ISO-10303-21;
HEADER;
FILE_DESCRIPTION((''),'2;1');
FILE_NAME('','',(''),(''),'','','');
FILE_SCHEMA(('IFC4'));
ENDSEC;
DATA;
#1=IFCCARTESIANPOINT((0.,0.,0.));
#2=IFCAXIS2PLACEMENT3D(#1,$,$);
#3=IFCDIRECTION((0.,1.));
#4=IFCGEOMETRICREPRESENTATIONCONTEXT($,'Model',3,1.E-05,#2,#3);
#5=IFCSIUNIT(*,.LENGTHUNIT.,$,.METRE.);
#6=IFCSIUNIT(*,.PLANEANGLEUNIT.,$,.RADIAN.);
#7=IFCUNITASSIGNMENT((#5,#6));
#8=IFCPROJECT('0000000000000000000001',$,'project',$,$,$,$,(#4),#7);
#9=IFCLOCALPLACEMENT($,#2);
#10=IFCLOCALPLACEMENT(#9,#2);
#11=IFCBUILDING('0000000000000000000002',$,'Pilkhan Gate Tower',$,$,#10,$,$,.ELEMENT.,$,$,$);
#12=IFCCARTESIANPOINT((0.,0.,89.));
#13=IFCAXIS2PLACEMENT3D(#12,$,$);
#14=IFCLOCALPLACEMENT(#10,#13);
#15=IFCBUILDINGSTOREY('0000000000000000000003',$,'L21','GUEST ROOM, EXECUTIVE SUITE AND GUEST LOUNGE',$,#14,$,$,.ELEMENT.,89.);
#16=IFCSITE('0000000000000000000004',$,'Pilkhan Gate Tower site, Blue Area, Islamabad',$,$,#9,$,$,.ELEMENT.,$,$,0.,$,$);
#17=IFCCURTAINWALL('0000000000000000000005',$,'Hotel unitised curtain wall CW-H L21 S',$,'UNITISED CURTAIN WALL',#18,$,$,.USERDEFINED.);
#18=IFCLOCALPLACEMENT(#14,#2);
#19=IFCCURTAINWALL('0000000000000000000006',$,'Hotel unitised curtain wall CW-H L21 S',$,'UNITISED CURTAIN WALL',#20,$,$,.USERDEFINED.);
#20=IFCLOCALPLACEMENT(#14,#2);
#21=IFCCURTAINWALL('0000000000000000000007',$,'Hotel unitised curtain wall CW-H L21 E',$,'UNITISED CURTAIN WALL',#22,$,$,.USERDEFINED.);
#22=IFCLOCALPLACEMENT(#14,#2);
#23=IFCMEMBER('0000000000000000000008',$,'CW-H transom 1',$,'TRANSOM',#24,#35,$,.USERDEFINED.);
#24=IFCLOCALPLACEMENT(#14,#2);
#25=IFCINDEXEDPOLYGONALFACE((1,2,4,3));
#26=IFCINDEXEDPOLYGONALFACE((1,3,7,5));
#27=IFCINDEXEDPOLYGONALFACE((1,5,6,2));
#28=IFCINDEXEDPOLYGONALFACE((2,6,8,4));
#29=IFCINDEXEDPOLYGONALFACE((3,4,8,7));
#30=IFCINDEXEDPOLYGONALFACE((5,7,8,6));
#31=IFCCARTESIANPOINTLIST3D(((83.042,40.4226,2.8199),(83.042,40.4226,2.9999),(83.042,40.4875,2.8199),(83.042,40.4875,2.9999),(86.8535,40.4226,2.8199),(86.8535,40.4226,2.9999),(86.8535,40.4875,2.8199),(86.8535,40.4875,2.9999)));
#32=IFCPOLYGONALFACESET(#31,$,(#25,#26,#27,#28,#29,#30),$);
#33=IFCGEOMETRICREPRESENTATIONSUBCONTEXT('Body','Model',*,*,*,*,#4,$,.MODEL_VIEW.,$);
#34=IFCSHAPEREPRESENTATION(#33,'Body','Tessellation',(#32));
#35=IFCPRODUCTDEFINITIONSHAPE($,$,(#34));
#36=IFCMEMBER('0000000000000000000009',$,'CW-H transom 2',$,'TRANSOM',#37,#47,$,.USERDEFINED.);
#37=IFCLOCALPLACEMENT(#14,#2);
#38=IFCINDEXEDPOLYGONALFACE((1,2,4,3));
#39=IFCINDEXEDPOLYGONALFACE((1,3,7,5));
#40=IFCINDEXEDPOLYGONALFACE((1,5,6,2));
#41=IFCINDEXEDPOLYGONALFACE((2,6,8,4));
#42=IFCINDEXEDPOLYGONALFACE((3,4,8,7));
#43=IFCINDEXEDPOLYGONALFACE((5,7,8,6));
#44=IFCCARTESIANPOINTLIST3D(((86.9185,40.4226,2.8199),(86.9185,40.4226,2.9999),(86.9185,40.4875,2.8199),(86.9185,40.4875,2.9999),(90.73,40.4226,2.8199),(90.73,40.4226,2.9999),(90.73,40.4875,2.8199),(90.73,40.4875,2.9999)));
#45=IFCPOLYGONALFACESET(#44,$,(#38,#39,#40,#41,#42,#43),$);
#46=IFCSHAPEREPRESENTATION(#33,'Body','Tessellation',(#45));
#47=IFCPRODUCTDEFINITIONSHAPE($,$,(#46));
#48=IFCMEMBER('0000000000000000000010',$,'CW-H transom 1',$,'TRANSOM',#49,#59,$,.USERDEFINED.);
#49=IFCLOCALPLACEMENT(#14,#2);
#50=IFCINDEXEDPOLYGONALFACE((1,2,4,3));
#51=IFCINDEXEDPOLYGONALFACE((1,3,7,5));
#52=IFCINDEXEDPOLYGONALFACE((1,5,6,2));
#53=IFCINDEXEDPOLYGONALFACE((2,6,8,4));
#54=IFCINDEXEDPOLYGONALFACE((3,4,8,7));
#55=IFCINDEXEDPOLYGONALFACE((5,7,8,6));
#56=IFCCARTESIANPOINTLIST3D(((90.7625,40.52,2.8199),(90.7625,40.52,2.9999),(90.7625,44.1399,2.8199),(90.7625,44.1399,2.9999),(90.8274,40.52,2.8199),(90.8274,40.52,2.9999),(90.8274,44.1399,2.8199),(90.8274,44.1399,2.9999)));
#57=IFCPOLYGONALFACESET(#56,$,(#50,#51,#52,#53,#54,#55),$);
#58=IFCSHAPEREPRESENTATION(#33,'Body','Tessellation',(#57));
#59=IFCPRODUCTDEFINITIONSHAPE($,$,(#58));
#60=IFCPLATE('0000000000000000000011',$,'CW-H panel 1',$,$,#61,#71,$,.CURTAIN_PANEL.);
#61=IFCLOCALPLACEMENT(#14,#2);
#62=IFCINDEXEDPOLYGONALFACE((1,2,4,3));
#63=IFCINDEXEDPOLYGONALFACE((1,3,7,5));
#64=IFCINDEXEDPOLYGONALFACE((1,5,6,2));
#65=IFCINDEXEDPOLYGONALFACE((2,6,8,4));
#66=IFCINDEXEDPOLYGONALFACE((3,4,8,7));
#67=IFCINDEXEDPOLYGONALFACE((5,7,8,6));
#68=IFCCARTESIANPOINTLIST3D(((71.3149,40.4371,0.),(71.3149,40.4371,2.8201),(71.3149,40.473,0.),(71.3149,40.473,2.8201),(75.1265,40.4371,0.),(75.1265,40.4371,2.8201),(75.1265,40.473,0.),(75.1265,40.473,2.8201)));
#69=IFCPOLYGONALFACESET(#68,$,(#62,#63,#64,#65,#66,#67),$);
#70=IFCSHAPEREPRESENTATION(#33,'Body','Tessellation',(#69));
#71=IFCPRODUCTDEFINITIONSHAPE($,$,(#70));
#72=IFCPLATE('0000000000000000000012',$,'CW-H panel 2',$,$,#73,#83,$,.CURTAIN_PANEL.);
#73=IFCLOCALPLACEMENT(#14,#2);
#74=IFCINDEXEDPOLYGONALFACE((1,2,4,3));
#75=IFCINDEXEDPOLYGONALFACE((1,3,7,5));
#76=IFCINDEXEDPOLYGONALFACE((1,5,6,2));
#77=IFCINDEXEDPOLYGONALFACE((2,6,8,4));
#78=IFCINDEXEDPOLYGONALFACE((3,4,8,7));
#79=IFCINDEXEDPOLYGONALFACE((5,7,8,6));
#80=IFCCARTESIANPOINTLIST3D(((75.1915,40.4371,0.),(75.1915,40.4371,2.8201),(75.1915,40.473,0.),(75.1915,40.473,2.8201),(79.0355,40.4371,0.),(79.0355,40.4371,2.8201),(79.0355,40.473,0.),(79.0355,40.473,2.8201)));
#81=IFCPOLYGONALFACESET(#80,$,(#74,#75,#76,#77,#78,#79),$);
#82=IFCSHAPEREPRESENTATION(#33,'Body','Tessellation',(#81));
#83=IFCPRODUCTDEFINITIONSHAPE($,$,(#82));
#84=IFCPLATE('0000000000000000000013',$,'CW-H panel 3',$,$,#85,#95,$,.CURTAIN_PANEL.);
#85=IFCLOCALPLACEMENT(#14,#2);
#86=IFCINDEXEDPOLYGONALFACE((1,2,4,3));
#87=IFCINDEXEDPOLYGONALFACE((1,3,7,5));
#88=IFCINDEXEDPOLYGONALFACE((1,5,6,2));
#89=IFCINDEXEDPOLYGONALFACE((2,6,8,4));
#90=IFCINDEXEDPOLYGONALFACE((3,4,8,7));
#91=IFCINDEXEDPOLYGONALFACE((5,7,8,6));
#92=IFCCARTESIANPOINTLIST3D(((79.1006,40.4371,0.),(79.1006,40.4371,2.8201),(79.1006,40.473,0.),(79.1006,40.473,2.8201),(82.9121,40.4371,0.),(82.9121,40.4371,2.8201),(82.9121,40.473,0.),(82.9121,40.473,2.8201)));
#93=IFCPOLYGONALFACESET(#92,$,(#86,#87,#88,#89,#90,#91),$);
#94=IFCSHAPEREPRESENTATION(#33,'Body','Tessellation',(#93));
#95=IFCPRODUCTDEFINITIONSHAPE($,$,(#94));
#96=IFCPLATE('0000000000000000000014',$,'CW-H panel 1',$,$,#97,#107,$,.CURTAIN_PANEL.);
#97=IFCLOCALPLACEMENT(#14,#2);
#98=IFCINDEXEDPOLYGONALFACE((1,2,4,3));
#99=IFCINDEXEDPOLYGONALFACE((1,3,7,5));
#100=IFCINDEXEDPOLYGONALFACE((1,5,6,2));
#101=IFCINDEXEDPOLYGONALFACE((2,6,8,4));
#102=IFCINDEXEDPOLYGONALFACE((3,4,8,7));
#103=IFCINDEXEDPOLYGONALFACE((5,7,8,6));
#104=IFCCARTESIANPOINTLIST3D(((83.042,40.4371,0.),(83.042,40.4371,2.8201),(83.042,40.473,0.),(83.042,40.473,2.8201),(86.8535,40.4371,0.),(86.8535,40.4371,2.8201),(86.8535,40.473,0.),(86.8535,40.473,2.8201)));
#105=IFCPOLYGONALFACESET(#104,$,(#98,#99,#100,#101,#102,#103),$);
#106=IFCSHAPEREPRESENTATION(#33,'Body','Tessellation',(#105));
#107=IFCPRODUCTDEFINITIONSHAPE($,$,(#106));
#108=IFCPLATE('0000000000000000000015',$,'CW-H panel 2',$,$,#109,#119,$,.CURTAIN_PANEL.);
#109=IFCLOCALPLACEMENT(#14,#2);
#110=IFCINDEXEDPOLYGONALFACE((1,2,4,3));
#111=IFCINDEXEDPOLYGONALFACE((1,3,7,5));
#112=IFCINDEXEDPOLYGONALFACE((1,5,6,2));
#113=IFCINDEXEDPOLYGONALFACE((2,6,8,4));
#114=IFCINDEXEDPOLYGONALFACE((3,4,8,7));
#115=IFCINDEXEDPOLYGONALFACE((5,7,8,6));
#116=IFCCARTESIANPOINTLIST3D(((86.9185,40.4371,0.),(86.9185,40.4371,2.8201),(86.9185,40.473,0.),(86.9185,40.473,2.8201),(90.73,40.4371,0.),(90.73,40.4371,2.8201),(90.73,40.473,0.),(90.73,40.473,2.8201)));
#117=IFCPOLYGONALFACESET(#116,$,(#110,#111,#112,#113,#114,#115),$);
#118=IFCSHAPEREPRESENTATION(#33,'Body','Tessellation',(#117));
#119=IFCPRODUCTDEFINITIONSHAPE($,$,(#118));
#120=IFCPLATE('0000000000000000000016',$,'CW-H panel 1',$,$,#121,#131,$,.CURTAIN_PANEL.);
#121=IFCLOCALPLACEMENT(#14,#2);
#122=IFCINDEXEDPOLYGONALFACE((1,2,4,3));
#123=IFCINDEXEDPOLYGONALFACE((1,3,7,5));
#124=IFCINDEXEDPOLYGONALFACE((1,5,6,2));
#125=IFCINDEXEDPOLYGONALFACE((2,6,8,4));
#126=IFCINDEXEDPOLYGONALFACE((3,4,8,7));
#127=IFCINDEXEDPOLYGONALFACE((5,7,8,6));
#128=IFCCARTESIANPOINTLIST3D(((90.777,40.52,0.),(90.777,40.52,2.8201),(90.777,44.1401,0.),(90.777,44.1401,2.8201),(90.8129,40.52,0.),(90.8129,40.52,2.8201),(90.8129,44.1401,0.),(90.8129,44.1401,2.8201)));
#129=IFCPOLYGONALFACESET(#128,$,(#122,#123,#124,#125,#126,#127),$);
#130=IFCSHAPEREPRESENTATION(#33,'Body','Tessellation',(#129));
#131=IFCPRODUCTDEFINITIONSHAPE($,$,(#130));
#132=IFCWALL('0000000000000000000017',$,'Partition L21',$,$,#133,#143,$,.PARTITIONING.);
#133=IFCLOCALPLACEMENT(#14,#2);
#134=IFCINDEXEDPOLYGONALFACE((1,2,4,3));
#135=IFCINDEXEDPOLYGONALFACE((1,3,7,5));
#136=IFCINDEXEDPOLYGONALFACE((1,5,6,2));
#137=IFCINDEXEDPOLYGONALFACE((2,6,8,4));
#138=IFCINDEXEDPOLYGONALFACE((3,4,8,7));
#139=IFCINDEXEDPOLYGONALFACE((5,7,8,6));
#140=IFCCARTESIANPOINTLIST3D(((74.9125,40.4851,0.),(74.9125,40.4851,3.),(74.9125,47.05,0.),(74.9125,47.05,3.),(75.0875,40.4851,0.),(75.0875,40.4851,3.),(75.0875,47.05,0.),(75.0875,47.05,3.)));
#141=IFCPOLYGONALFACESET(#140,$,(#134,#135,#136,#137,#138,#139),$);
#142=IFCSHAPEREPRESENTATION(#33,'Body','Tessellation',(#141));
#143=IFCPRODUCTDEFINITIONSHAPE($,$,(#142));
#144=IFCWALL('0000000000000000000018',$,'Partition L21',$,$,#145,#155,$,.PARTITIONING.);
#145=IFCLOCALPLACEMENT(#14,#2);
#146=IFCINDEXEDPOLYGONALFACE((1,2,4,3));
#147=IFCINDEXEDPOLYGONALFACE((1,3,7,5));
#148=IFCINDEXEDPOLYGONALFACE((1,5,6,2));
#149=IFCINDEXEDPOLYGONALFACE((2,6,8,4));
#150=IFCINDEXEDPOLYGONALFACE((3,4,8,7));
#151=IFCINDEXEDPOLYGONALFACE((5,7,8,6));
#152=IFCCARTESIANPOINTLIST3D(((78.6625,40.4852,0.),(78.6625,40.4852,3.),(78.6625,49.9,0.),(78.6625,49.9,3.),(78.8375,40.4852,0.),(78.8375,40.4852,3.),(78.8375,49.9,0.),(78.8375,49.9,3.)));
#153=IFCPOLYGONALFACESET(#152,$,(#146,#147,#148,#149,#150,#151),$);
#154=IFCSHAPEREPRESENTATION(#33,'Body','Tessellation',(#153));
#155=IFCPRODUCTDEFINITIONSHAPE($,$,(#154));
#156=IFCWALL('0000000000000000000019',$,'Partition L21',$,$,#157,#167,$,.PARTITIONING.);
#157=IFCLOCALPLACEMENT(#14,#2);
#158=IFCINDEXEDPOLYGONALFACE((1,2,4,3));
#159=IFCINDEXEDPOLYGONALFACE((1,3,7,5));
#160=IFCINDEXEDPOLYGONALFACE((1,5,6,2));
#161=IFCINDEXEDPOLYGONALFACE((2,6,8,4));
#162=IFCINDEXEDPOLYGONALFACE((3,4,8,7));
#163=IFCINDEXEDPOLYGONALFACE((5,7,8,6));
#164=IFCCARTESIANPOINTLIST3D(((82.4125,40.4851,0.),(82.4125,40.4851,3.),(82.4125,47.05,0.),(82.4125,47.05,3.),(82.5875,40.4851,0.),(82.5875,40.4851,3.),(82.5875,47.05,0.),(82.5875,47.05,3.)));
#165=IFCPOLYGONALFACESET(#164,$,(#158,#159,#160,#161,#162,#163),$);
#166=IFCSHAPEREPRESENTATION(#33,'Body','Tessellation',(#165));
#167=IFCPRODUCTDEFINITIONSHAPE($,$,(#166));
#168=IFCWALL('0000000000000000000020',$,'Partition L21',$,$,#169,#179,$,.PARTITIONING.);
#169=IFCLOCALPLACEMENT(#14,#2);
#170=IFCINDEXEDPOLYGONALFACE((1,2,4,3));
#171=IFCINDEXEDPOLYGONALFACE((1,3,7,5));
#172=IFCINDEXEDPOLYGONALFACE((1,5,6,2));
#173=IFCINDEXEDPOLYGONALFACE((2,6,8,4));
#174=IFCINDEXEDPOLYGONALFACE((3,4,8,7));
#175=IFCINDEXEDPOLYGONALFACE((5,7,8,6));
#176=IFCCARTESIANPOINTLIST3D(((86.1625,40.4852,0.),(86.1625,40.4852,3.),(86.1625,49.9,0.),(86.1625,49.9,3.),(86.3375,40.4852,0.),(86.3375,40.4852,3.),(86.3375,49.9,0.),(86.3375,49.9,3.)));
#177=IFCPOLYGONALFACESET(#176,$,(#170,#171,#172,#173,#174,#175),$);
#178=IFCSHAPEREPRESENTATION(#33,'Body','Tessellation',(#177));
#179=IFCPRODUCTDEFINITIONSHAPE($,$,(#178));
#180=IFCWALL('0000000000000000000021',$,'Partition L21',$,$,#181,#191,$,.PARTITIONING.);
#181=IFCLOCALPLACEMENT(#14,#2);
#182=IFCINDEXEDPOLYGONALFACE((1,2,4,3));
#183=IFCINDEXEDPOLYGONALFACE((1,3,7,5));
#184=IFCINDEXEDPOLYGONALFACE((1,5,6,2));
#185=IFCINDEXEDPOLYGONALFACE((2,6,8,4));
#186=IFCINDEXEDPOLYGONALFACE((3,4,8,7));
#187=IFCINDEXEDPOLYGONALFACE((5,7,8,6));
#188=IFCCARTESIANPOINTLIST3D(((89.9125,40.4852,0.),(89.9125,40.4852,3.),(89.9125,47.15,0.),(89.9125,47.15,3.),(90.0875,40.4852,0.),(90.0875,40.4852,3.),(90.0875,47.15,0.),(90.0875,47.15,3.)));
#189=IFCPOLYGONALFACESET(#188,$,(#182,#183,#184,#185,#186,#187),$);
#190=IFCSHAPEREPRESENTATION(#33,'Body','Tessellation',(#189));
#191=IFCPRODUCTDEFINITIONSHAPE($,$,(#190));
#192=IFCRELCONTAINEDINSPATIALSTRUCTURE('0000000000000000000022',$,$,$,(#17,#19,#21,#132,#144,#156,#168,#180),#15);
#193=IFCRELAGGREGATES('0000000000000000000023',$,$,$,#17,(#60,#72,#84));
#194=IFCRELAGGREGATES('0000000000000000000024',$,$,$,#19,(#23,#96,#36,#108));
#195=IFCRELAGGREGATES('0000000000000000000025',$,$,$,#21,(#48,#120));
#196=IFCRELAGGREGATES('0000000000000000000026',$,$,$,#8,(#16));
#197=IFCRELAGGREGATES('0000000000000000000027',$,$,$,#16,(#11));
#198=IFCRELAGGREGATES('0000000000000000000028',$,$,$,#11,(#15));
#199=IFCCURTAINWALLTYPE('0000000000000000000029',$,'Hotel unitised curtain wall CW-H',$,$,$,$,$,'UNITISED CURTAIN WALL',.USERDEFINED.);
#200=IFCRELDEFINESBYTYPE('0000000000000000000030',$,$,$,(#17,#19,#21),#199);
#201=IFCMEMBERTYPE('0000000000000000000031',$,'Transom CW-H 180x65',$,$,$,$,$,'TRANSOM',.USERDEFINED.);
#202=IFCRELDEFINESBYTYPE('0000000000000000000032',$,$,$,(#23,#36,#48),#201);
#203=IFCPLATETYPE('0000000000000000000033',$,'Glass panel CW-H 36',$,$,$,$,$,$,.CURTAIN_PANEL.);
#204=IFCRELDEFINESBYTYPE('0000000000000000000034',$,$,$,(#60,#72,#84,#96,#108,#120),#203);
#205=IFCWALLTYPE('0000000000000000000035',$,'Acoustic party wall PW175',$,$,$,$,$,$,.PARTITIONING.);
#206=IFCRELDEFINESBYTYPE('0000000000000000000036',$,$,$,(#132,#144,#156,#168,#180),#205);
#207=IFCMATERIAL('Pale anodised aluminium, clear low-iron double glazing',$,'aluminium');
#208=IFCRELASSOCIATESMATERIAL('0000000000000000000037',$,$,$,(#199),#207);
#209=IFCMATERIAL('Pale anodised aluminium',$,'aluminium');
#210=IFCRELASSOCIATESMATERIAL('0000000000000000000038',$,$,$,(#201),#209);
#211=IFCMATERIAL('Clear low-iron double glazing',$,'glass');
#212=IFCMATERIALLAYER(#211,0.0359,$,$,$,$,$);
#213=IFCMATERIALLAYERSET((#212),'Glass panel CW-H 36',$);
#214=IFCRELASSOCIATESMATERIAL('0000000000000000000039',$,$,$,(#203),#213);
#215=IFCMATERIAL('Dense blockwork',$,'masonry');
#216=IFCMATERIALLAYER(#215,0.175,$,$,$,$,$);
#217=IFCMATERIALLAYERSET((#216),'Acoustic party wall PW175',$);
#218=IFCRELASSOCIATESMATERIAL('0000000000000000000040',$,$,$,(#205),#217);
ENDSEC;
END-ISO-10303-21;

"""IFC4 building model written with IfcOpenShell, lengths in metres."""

from ifc_helpers import new_model, si_unit, direction, frame, frame_2d, origin, origin_2d, place, context, subcontext, project, spatial, rectangle, extrude, material, layer, layer_set, material_profile, profile_set, type_object, element, aggregate, save


model = new_model("IFC4")

# Units and contexts
model_context = context("Model", 3, precision=1e-05, world=origin(), true_north=direction((0.0, 1.0)))
body_context = subcontext(model_context, "Body", "Model", "MODEL_VIEW")
ifc_project = project(units=[si_unit("LENGTHUNIT", "METRE"), si_unit("PLANEANGLEUNIT", "RADIAN")], contexts=[model_context])

# Site, building, storey
site_placement = place(None, origin())
site = spatial("IfcSite", under=ifc_project, at=site_placement, Name="Pilkhan Gate Tower site, Blue Area, Islamabad", CompositionType="ELEMENT", RefElevation=0.0)
building_placement = place(site_placement, origin())
building = spatial("IfcBuilding", under=site, at=building_placement, Name="Pilkhan Gate Tower", CompositionType="ELEMENT")
storey_placement = place(building_placement, frame((0.0, 0.0, 89.0)))
storey = spatial("IfcBuildingStorey", under=building, at=storey_placement, Name="L21", Description="GUEST ROOM, EXECUTIVE SUITE AND GUEST LOUNGE", CompositionType="ELEMENT", Elevation=89.0)

# Curtain walls
ifc_material_1 = material(Name="Pale anodised aluminium, clear low-iron double glazing", Category="aluminium")
curtain_wall_type = type_object("IfcCurtainWallType", Name="Hotel unitised curtain wall CW-H", ElementType="UNITISED CURTAIN WALL", PredefinedType="USERDEFINED", material=ifc_material_1)
curtain_wall_1_placement = place(storey_placement, origin())
curtain_wall_1 = element("IfcCurtainWall", 1, at=curtain_wall_1_placement, inside=storey, type_object=curtain_wall_type, Name="Hotel unitised curtain wall CW-H L21 S", ObjectType="UNITISED CURTAIN WALL", PredefinedType="USERDEFINED")
ifc_material_2 = material(Name="Pale anodised aluminium", Category="aluminium")
curtain_wall_2_placement = place(storey_placement, origin())
curtain_wall_2 = element("IfcCurtainWall", 2, at=curtain_wall_2_placement, inside=storey, type_object=curtain_wall_type, Name="Hotel unitised curtain wall CW-H L21 S", ObjectType="UNITISED CURTAIN WALL", PredefinedType="USERDEFINED")

# Curtain wall
curtain_wall_3_placement = place(storey_placement, origin())
curtain_wall_3 = element("IfcCurtainWall", 3, at=curtain_wall_3_placement, inside=storey, type_object=curtain_wall_type, Name="Hotel unitised curtain wall CW-H L21 E", ObjectType="UNITISED CURTAIN WALL", PredefinedType="USERDEFINED")

# Members
ifc_material_profile_1 = material_profile(ifc_material_2, rectangle(XDim=0.0649, YDim=0.1799, at=origin_2d()), Name="Transom 180x65")
ifc_profile_set_1 = profile_set([ifc_material_profile_1], Name="Pale anodised aluminium")
member_type_1 = type_object("IfcMemberType", Name="Transom CW-H 180x65", ElementType="TRANSOM", PredefinedType="USERDEFINED", material=ifc_profile_set_1)
member_1_placement = place(storey_placement, frame((83.042, 40.4551, 2.9099), z_axis=(1.0, 0.0, 0.0), x_axis=(0.0, 1.0, 0.0)))
member_1 = element("IfcMember", 4, at=member_1_placement, type_object=member_type_1, Name="CW-H transom 1", ObjectType="TRANSOM", PredefinedType="USERDEFINED", context=body_context, shape_type="SweptSolid", body=[
    extrude(rectangle(XDim=0.0649, YDim=0.1799, at=origin_2d()), origin(), (0.0, 0.0, 1.0), 3.8115),
])
member_2_placement = place(storey_placement, frame((86.9185, 40.4551, 2.9099), z_axis=(1.0, 0.0, 0.0), x_axis=(0.0, 1.0, 0.0)))
member_2 = element("IfcMember", 5, at=member_2_placement, type_object=member_type_1, Name="CW-H transom 2", ObjectType="TRANSOM", PredefinedType="USERDEFINED", context=body_context, shape_type="SweptSolid", body=[
    extrude(rectangle(XDim=0.0649, YDim=0.1799, at=origin_2d()), origin(), (0.0, 0.0, 1.0), 3.8115),
])
member_3_placement = place(storey_placement, frame((90.7949, 40.52, 2.9099), z_axis=(0.0, 1.0, 0.0), x_axis=(-1.0, 0.0, 0.0)))
member_3 = element("IfcMember", 6, at=member_3_placement, type_object=member_type_1, Name="CW-H transom 1", ObjectType="TRANSOM", PredefinedType="USERDEFINED", context=body_context, shape_type="SweptSolid", body=[
    extrude(rectangle(XDim=0.0649, YDim=0.1799, at=origin_2d()), origin(), (0.0, 0.0, 1.0), 3.6199),
])

# Plates
ifc_material_3 = material(Name="Clear low-iron double glazing", Category="glass")
ifc_layer_1 = layer(ifc_material_3, 0.0359)
ifc_layer_set_1 = layer_set([ifc_layer_1], Name="Glass panel CW-H 36")
plate_type = type_object("IfcPlateType", Name="Glass panel CW-H 36", PredefinedType="CURTAIN_PANEL", material=ifc_layer_set_1)
plate_1_placement = place(storey_placement, frame((73.2207, 40.4551, 0.0), z_axis=(0.0, 0.0, 1.0), x_axis=(1.0, 0.0, 0.0)))
plate_1 = element("IfcPlate", 7, at=plate_1_placement, type_object=plate_type, Name="CW-H panel 1", PredefinedType="CURTAIN_PANEL", context=body_context, shape_type="SweptSolid", body=[
    extrude(rectangle(XDim=3.8115, YDim=0.0359, at=origin_2d()), origin(), (0.0, 0.0, 1.0), 2.8201),
])
plate_2_placement = place(storey_placement, frame((77.1135, 40.4551, 0.0), z_axis=(0.0, 0.0, 1.0), x_axis=(1.0, 0.0, 0.0)))
plate_2 = element("IfcPlate", 8, at=plate_2_placement, type_object=plate_type, Name="CW-H panel 2", PredefinedType="CURTAIN_PANEL", context=body_context, shape_type="SweptSolid", body=[
    extrude(rectangle(XDim=3.844, YDim=0.0359, at=origin_2d()), origin(), (0.0, 0.0, 1.0), 2.8201),
])
plate_3_placement = place(storey_placement, frame((81.0063, 40.4551, 0.0), z_axis=(0.0, 0.0, 1.0), x_axis=(1.0, 0.0, 0.0)))
plate_3 = element("IfcPlate", 9, at=plate_3_placement, type_object=plate_type, Name="CW-H panel 3", PredefinedType="CURTAIN_PANEL", context=body_context, shape_type="SweptSolid", body=[
    extrude(rectangle(XDim=3.8115, YDim=0.0359, at=origin_2d()), origin(), (0.0, 0.0, 1.0), 2.8201),
])
aggregate(curtain_wall_1, [plate_1, plate_2, plate_3])
plate_4_placement = place(storey_placement, frame((84.9478, 40.4551, 0.0), z_axis=(0.0, 0.0, 1.0), x_axis=(1.0, 0.0, 0.0)))
plate_4 = element("IfcPlate", 10, at=plate_4_placement, type_object=plate_type, Name="CW-H panel 1", PredefinedType="CURTAIN_PANEL", context=body_context, shape_type="SweptSolid", body=[
    extrude(rectangle(XDim=3.8115, YDim=0.0359, at=origin_2d()), origin(), (0.0, 0.0, 1.0), 2.8201),
])
plate_5_placement = place(storey_placement, frame((88.8242, 40.4551, 0.0), z_axis=(0.0, 0.0, 1.0), x_axis=(1.0, 0.0, 0.0)))
plate_5 = element("IfcPlate", 11, at=plate_5_placement, type_object=plate_type, Name="CW-H panel 2", PredefinedType="CURTAIN_PANEL", context=body_context, shape_type="SweptSolid", body=[
    extrude(rectangle(XDim=3.8115, YDim=0.0359, at=origin_2d()), origin(), (0.0, 0.0, 1.0), 2.8201),
])
aggregate(curtain_wall_2, [member_1, plate_4, member_2, plate_5])
plate_6_placement = place(storey_placement, frame((90.7949, 42.3301, 0.0), z_axis=(0.0, 0.0, 1.0), x_axis=(0.0, 1.0, 0.0)))
plate_6 = element("IfcPlate", 12, at=plate_6_placement, type_object=plate_type, Name="CW-H panel 1", PredefinedType="CURTAIN_PANEL", context=body_context, shape_type="SweptSolid", body=[
    extrude(rectangle(XDim=3.6201, YDim=0.0359, at=origin_2d()), origin(), (0.0, 0.0, 1.0), 2.8201),
])
aggregate(curtain_wall_3, [member_3, plate_6])

# Walls
ifc_material_4 = material(Name="Dense blockwork", Category="masonry")
ifc_layer_2 = layer(ifc_material_4, 0.175)
ifc_layer_set_2 = layer_set([ifc_layer_2], Name="Acoustic party wall PW175")
wall_type_1 = type_object("IfcWallType", Name="Acoustic party wall PW175", PredefinedType="PARTITIONING", material=ifc_layer_set_2)
wall_1_placement = place(storey_placement, frame((75.0, 40.4851, 0.0), z_axis=(0.0, 0.0, 1.0), x_axis=(0.0, 1.0, 0.0)))
element("IfcWall", 13, at=wall_1_placement, inside=storey, type_object=wall_type_1, Name="Partition L21", PredefinedType="PARTITIONING", context=body_context, shape_type="SweptSolid", body=[
    extrude(rectangle(XDim=6.5649, YDim=0.175, at=frame_2d((3.2825, 0.0))), origin(), (0.0, 0.0, 1.0), 3.0),
])
wall_2_placement = place(storey_placement, frame((78.75, 40.4851, 0.0), z_axis=(0.0, 0.0, 1.0), x_axis=(0.0, 1.0, 0.0)))
element("IfcWall", 14, at=wall_2_placement, inside=storey, type_object=wall_type_1, Name="Partition L21", PredefinedType="PARTITIONING", context=body_context, shape_type="SweptSolid", body=[
    extrude(rectangle(XDim=9.4148, YDim=0.175, at=frame_2d((4.7075, 0.0))), origin(), (0.0, 0.0, 1.0), 3.0),
])
wall_3_placement = place(storey_placement, frame((82.5, 40.4851, 0.0), z_axis=(0.0, 0.0, 1.0), x_axis=(0.0, 1.0, 0.0)))
element("IfcWall", 15, at=wall_3_placement, inside=storey, type_object=wall_type_1, Name="Partition L21", PredefinedType="PARTITIONING", context=body_context, shape_type="SweptSolid", body=[
    extrude(rectangle(XDim=6.5649, YDim=0.175, at=frame_2d((3.2825, 0.0))), origin(), (0.0, 0.0, 1.0), 3.0),
])
wall_4_placement = place(storey_placement, frame((86.25, 40.4851, 0.0), z_axis=(0.0, 0.0, 1.0), x_axis=(0.0, 1.0, 0.0)))
element("IfcWall", 16, at=wall_4_placement, inside=storey, type_object=wall_type_1, Name="Partition L21", PredefinedType="PARTITIONING", context=body_context, shape_type="SweptSolid", body=[
    extrude(rectangle(XDim=9.4148, YDim=0.175, at=frame_2d((4.7075, 0.0))), origin(), (0.0, 0.0, 1.0), 3.0),
])
wall_5_placement = place(storey_placement, frame((90.0, 40.4851, 0.0), z_axis=(0.0, 0.0, 1.0), x_axis=(0.0, 1.0, 0.0)))
element("IfcWall", 17, at=wall_5_placement, inside=storey, type_object=wall_type_1, Name="Partition L21", PredefinedType="PARTITIONING", context=body_context, shape_type="SweptSolid", body=[
    extrude(rectangle(XDim=6.6648, YDim=0.175, at=frame_2d((3.3325, 0.0))), origin(), (0.0, 0.0, 1.0), 3.0),
])

save(model, "model.ifc")
